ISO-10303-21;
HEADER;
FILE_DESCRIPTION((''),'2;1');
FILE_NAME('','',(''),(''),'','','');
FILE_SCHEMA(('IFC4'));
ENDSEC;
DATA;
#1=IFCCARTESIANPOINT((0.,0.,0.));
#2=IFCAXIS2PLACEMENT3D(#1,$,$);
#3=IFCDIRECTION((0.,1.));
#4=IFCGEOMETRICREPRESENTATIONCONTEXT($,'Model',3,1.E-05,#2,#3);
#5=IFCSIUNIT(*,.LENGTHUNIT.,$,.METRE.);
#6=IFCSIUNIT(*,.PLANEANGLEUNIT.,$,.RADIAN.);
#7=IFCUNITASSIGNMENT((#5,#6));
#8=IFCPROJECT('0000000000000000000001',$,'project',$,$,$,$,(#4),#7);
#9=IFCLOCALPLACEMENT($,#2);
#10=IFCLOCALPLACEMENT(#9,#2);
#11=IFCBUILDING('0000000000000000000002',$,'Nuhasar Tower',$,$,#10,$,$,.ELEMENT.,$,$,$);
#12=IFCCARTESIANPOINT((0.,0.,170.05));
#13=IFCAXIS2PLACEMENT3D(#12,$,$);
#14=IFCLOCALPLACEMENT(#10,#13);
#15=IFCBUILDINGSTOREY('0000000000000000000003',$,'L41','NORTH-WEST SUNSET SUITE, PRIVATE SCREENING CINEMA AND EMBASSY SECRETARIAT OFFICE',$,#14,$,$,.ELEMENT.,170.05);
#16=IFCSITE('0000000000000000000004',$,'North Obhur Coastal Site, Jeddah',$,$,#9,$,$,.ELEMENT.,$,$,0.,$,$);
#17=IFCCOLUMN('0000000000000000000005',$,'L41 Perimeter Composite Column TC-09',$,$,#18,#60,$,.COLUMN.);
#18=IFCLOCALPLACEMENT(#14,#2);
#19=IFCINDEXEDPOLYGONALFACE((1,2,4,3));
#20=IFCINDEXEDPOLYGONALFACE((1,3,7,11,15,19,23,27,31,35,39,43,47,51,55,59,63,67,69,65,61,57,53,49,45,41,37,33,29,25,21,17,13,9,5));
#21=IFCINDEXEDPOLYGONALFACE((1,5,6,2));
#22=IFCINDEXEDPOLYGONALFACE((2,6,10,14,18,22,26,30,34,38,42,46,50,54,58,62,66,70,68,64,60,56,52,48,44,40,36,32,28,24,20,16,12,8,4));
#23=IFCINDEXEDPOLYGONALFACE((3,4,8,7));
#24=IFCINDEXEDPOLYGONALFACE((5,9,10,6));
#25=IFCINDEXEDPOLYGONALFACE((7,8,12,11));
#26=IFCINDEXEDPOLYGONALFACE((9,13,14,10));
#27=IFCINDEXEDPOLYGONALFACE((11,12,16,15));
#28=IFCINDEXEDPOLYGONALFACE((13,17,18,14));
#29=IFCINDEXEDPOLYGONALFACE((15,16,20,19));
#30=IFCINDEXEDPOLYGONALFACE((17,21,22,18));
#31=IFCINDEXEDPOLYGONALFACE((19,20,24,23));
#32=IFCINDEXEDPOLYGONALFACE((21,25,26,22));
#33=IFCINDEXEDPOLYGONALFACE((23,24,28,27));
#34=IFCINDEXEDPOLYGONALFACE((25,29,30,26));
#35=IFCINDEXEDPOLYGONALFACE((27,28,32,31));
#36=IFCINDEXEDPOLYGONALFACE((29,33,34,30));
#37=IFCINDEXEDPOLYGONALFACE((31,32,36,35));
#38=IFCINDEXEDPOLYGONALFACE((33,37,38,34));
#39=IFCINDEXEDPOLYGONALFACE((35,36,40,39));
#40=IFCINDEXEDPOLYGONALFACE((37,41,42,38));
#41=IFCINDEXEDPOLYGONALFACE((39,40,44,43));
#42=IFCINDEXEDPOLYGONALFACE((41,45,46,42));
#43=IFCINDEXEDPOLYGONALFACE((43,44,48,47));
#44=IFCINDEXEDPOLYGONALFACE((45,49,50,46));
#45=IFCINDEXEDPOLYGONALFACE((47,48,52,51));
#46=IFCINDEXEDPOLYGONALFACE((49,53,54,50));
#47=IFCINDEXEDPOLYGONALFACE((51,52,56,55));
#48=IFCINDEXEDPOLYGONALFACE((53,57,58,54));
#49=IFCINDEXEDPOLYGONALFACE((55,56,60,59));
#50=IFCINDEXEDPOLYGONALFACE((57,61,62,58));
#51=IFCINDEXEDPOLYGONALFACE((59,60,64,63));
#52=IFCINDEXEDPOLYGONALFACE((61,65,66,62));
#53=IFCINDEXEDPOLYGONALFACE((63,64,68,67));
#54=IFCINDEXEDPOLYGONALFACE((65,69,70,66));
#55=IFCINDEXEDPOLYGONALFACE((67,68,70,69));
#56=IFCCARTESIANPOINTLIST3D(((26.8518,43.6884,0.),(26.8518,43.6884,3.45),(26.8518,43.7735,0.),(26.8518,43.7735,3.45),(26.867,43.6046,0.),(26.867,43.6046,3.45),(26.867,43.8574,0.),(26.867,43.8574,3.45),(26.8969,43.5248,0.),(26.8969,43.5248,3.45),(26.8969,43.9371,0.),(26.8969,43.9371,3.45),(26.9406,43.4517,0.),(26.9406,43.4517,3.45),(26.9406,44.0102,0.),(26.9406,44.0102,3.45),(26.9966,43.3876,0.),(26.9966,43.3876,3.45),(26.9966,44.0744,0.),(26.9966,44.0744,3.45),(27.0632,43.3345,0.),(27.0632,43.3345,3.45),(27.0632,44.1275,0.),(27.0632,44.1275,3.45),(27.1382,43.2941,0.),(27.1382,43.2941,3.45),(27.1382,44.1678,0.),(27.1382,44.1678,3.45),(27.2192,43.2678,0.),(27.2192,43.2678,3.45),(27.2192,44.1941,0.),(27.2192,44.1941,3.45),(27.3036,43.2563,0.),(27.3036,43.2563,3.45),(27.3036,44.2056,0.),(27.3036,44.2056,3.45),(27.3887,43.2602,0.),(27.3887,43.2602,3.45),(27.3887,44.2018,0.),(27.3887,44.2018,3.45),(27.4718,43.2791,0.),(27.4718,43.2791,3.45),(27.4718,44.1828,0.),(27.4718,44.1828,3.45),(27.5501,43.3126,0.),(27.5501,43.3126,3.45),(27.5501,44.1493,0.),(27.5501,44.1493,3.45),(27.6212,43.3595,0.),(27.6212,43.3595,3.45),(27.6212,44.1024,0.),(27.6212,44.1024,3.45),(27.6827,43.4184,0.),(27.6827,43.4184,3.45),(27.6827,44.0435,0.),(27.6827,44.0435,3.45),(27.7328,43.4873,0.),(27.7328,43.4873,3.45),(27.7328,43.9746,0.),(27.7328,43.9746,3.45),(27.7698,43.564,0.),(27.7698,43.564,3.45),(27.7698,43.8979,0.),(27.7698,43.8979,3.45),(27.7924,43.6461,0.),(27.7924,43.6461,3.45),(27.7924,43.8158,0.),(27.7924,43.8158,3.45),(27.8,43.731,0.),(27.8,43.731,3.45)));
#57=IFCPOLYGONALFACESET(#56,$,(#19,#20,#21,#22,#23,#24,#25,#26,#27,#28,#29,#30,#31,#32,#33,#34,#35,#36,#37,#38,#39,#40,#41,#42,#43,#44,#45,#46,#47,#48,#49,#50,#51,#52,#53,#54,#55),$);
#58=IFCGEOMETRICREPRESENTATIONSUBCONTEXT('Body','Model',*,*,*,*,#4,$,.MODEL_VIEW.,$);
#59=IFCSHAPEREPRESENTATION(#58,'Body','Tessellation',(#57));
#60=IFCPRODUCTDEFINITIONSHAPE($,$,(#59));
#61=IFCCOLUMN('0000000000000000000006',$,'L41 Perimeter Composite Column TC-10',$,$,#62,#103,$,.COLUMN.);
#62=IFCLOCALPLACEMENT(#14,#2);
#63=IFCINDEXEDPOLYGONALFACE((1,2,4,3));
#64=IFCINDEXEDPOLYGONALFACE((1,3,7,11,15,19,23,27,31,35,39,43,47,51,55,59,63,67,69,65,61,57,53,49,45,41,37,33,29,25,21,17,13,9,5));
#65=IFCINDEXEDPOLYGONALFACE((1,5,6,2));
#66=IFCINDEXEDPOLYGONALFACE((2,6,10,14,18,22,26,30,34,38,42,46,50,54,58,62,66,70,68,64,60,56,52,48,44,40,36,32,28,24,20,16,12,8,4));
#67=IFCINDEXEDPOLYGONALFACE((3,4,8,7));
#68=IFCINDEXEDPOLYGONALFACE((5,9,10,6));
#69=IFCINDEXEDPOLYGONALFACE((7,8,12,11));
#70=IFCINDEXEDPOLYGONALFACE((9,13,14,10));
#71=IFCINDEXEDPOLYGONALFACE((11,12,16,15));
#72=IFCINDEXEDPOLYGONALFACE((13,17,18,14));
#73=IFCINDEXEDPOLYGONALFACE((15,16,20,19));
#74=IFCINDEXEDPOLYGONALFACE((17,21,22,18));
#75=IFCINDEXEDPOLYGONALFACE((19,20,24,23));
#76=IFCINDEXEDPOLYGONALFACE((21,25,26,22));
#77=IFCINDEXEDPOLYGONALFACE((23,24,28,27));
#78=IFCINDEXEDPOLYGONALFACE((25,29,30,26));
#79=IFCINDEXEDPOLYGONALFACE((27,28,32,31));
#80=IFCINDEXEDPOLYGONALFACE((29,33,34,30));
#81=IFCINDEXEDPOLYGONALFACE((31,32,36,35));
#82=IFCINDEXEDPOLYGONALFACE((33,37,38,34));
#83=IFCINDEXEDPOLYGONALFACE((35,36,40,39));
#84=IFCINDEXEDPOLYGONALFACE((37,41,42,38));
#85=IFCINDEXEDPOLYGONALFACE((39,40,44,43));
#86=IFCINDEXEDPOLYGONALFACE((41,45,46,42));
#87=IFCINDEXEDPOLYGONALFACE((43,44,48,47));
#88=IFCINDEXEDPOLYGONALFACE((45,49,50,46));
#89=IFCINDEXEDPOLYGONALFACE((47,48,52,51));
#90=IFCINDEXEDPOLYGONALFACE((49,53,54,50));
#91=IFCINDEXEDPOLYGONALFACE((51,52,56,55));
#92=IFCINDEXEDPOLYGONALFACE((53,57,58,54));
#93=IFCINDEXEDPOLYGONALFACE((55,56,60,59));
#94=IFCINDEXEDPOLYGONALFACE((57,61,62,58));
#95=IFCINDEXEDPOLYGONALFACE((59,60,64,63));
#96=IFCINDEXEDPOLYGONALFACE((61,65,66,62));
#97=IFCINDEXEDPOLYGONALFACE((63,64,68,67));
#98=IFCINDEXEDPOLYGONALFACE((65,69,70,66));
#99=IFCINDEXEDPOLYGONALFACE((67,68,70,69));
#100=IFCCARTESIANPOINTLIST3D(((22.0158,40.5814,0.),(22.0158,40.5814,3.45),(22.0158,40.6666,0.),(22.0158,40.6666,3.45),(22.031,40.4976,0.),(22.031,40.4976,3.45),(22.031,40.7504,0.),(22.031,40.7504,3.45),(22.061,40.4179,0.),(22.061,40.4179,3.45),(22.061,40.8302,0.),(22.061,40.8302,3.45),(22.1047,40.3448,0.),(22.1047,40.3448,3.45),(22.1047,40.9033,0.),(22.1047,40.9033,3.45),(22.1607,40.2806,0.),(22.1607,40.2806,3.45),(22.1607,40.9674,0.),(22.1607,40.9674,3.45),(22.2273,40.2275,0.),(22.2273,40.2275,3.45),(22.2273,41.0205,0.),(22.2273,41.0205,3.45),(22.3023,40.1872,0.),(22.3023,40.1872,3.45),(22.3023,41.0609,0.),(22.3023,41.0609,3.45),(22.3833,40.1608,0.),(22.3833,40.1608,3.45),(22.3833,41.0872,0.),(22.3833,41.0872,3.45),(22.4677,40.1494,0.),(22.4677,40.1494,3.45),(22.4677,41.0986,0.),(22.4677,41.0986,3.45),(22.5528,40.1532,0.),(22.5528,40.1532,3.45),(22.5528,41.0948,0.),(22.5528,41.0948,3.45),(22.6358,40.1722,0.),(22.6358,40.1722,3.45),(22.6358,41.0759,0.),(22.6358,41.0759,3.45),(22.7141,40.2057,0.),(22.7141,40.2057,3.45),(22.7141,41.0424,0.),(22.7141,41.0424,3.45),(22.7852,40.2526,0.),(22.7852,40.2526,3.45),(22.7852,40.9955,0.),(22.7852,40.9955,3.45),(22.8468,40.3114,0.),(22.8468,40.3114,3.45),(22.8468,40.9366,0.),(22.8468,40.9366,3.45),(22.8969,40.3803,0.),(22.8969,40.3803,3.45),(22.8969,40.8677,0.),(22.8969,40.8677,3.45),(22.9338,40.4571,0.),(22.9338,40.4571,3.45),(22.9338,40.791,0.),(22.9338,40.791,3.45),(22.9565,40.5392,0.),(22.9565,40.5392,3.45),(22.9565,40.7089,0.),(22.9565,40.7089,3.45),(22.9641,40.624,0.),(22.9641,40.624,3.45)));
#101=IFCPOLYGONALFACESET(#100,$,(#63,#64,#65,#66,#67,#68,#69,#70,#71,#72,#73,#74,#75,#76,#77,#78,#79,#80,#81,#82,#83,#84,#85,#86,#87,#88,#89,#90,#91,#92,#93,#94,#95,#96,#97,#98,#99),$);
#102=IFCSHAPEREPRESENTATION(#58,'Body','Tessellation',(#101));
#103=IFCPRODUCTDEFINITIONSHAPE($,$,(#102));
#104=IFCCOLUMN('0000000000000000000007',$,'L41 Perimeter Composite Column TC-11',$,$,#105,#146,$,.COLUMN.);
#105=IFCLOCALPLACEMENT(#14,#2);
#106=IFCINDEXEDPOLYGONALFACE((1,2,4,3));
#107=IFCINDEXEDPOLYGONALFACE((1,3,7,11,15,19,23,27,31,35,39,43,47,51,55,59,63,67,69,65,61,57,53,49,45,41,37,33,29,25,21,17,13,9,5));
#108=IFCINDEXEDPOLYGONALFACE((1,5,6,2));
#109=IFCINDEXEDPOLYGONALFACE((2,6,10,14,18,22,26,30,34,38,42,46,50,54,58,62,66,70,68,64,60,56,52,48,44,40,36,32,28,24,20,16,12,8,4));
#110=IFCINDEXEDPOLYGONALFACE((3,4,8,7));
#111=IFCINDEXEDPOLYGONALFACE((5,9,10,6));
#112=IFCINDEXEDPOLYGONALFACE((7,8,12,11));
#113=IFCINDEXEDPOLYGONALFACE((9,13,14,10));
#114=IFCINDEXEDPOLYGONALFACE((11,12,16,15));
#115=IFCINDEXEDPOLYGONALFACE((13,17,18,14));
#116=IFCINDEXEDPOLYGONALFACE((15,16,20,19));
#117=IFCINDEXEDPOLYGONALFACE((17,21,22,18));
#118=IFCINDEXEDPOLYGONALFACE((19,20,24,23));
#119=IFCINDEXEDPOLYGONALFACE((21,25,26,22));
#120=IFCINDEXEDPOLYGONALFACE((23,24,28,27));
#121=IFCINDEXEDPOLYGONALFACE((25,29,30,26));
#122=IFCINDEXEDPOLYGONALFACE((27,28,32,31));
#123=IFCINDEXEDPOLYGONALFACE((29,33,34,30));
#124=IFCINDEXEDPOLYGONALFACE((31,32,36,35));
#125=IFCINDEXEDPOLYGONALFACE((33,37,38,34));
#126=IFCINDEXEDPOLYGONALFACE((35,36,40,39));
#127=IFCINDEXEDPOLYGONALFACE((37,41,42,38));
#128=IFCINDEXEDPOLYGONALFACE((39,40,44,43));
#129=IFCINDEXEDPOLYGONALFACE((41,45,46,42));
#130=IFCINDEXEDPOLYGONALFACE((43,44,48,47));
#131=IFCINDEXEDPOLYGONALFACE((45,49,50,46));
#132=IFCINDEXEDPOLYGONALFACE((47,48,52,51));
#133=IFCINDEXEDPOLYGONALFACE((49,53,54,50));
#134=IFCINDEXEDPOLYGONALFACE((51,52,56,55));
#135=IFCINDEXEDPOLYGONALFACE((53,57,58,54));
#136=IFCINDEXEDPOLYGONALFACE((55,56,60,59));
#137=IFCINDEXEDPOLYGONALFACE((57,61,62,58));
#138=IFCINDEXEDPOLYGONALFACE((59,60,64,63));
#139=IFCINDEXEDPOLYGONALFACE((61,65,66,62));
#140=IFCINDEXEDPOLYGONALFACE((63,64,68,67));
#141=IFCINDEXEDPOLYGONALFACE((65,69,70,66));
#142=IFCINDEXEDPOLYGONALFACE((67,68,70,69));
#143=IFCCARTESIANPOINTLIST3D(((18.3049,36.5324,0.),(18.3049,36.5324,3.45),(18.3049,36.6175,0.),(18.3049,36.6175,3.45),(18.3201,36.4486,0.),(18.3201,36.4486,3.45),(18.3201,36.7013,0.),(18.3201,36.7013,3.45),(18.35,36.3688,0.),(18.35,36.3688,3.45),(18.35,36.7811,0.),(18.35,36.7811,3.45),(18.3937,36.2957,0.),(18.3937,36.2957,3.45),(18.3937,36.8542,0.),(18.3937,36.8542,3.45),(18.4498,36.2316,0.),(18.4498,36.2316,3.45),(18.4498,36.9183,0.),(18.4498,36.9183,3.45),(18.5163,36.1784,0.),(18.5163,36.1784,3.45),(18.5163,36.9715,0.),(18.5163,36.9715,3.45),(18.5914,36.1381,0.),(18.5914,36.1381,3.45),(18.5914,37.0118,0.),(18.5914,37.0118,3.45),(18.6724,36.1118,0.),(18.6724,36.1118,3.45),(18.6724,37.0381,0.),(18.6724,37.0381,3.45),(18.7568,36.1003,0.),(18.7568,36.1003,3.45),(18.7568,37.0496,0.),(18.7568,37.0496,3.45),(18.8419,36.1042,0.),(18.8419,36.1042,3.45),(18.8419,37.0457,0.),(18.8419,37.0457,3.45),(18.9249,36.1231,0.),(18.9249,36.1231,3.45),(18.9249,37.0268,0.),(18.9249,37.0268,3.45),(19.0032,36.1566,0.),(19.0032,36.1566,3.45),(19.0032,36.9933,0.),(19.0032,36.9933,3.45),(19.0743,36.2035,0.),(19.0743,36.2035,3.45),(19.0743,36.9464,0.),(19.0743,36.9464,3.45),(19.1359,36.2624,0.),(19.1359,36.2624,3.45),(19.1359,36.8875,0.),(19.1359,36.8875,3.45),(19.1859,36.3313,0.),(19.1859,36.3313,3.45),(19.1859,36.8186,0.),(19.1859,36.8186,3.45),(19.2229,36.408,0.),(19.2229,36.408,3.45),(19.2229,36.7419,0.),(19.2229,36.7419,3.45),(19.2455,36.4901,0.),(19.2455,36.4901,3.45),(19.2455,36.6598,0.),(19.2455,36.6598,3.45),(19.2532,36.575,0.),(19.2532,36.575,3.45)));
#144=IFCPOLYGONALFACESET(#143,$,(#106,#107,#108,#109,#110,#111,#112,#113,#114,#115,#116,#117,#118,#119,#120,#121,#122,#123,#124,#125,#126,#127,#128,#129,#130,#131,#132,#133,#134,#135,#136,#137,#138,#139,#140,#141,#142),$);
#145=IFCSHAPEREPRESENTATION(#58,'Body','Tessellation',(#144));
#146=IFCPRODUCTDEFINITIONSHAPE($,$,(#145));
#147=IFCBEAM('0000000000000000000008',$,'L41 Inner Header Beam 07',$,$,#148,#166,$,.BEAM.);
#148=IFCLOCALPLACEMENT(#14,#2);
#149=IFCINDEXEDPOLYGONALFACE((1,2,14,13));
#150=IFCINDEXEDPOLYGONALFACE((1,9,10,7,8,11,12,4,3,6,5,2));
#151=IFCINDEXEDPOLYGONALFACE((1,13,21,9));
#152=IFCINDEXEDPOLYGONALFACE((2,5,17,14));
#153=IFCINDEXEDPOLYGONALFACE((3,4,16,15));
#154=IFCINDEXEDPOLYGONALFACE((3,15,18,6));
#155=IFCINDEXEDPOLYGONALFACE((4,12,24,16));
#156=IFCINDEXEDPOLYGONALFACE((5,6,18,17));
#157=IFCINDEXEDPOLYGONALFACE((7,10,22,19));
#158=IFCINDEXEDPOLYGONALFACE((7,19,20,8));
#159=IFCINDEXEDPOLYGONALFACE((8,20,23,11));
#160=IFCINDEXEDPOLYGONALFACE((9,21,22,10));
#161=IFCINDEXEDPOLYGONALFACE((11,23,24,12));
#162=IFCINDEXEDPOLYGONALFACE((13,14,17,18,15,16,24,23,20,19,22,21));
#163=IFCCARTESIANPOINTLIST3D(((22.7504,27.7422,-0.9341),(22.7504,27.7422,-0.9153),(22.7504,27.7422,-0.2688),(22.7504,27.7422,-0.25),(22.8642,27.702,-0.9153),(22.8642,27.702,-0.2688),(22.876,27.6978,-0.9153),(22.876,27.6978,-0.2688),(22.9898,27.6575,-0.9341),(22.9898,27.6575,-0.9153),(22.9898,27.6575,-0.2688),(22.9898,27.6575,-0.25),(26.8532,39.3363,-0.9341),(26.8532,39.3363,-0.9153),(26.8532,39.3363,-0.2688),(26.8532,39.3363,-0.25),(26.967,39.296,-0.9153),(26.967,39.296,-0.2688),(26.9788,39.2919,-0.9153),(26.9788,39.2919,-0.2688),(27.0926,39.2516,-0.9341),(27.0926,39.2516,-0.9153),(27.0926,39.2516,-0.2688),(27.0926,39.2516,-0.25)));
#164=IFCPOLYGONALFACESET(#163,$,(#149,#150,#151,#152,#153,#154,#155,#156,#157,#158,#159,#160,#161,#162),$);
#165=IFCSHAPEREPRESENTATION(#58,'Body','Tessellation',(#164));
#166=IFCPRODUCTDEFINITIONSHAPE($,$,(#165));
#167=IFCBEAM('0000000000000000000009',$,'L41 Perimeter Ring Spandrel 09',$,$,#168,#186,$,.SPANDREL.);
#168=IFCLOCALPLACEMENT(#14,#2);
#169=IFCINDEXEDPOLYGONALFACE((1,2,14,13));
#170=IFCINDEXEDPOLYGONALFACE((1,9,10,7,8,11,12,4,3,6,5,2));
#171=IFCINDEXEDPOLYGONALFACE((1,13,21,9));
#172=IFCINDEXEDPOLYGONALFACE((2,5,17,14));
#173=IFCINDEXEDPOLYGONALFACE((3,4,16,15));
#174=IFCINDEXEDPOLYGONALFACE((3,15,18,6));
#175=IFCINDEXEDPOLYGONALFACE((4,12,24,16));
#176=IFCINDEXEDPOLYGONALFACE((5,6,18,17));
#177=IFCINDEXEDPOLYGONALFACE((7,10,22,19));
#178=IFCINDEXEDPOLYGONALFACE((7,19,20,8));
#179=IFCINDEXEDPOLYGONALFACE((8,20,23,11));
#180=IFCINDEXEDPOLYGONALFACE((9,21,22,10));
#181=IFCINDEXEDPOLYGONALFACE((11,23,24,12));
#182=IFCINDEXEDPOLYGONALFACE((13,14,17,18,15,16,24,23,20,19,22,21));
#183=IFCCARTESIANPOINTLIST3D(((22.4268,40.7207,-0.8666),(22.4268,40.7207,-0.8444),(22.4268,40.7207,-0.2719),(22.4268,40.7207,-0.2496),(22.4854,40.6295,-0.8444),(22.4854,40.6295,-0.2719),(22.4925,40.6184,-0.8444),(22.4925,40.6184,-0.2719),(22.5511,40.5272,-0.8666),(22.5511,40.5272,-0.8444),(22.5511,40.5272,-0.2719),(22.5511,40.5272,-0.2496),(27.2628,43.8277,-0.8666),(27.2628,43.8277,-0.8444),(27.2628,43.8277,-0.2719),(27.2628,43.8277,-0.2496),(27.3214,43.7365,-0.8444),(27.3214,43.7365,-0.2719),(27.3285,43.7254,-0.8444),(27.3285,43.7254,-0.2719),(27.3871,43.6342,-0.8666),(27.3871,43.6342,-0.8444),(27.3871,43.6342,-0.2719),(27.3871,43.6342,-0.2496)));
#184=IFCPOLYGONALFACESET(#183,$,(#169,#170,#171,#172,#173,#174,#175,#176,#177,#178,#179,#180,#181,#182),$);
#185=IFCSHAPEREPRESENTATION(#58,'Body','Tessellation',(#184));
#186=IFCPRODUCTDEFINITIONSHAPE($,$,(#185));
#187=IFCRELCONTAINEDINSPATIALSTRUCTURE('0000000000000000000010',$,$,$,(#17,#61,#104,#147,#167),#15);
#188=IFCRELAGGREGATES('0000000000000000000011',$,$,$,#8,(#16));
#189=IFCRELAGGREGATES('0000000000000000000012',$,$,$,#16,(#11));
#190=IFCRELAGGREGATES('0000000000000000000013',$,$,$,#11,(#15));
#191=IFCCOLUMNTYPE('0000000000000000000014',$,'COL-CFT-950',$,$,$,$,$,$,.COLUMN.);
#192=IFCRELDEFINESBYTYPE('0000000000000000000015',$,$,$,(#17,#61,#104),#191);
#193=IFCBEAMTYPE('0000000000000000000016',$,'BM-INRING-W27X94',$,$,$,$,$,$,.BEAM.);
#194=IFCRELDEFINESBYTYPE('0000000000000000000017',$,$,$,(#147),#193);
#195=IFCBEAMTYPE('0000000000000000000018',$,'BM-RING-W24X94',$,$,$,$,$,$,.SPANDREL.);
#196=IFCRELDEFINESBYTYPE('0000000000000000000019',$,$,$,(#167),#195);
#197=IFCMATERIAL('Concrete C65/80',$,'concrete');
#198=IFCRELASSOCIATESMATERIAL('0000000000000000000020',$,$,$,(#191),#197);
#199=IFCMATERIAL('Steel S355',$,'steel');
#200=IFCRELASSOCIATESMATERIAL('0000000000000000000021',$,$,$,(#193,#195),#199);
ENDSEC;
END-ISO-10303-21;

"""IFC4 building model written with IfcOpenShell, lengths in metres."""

from ifc_helpers import new_model, si_unit, direction, frame, origin, origin_2d, place, context, subcontext, project, spatial, circle, i_section, extrude, material, material_profile, profile_set, type_object, element, save


model = new_model("IFC4")

# Units and contexts
model_context = context("Model", 3, precision=1e-05, world=origin(), true_north=direction((0.0, 1.0)))
body_context = subcontext(model_context, "Body", "Model", "MODEL_VIEW")
ifc_project = project(units=[si_unit("LENGTHUNIT", "METRE"), si_unit("PLANEANGLEUNIT", "RADIAN")], contexts=[model_context])

# Site, building, storey
site_placement = place(None, origin())
site = spatial("IfcSite", under=ifc_project, at=site_placement, Name="North Obhur Coastal Site, Jeddah", CompositionType="ELEMENT", RefElevation=0.0)
building_placement = place(site_placement, origin())
building = spatial("IfcBuilding", under=site, at=building_placement, Name="Nuhasar Tower", CompositionType="ELEMENT")
storey_placement = place(building_placement, frame((0.0, 0.0, 170.05)))
storey = spatial("IfcBuildingStorey", under=building, at=storey_placement, Name="L41", Description="NORTH-WEST SUNSET SUITE, PRIVATE SCREENING CINEMA AND EMBASSY SECRETARIAT OFFICE", CompositionType="ELEMENT", Elevation=170.05)

# Columns
ifc_material_1 = material(Name="Concrete C65/80", Category="concrete")
ifc_material_profile_1 = material_profile(ifc_material_1, circle(Radius=0.4751, at=origin_2d()), Name="CFT950")
ifc_profile_set_1 = profile_set([ifc_material_profile_1], Name="Concrete C65/80")
column_type = type_object("IfcColumnType", Name="COL-CFT-950", PredefinedType="COLUMN", material=ifc_profile_set_1)
for number, where, z_axis, x_axis, name in (
    (1, (27.325, 43.731, 0.0), (0.0, 0.0, 1.0), (1.0, 0.0, 0.0), "L41 Perimeter Composite Column TC-09"),
    (2, (22.489, 40.624, 0.0), (0.0, 0.0, 1.0), (1.0, 0.0, 0.0), "L41 Perimeter Composite Column TC-10"),
    (3, (18.7781, 36.575, 0.0), (0.0, 0.0, 1.0), (1.0, 0.0, 0.0), "L41 Perimeter Composite Column TC-11"),
):
    element("IfcColumn", number, at=place(storey_placement, frame(where, z_axis=z_axis, x_axis=x_axis)), inside=storey, type_object=column_type, Name=name, PredefinedType="COLUMN", context=body_context, shape_type="SweptSolid", body=[
        extrude(circle(Radius=0.4751, at=origin_2d()), origin(), (0.0, 0.0, 1.0), 3.45),
    ])

# Beams
ifc_material_2 = material(Name="Steel S355", Category="steel")
ifc_material_profile_2 = material_profile(ifc_material_2, i_section(OverallWidth=0.2539, OverallDepth=0.6841, WebThickness=0.0125, FlangeThickness=0.0188, at=origin_2d()), Name="W27X94")
ifc_profile_set_2 = profile_set([ifc_material_profile_2], Name="Steel S355")
beam_type_1 = type_object("IfcBeamType", Name="BM-INRING-W27X94", PredefinedType="BEAM", material=ifc_profile_set_2)
beam_1_placement = place(storey_placement, frame((26.9729, 39.2939, -0.592), z_axis=(-0.3336, -0.942715, 0.0), x_axis=(0.942715, -0.3336, 0.0)))
element("IfcBeam", 4, at=beam_1_placement, inside=storey, type_object=beam_type_1, Name="L41 Inner Header Beam 07", PredefinedType="BEAM", context=body_context, shape_type="SweptSolid", body=[
    extrude(i_section(OverallWidth=0.2539, OverallDepth=0.6841, WebThickness=0.0125, FlangeThickness=0.0188, at=origin_2d()), origin(), (0.0, 0.0, 1.0), 12.2986),
])
ifc_material_profile_3 = material_profile(ifc_material_2, i_section(OverallWidth=0.23, OverallDepth=0.6169, WebThickness=0.0132, FlangeThickness=0.0222, at=origin_2d()), Name="W24X94")
ifc_profile_set_3 = profile_set([ifc_material_profile_3], Name="Steel S355")
beam_type_2 = type_object("IfcBeamType", Name="BM-RING-W24X94", PredefinedType="SPANDREL", material=ifc_profile_set_3)
beam_2_placement = place(storey_placement, frame((27.325, 43.731, -0.5581), z_axis=(-0.841327, -0.540526, 0.0), x_axis=(0.540526, -0.841327, 0.0)))
element("IfcBeam", 5, at=beam_2_placement, inside=storey, type_object=beam_type_2, Name="L41 Perimeter Ring Spandrel 09", PredefinedType="SPANDREL", context=body_context, shape_type="SweptSolid", body=[
    extrude(i_section(OverallWidth=0.23, OverallDepth=0.6169, WebThickness=0.0132, FlangeThickness=0.0222, at=origin_2d()), origin(), (0.0, 0.0, 1.0), 5.748),
])

save(model, "model.ifc")
